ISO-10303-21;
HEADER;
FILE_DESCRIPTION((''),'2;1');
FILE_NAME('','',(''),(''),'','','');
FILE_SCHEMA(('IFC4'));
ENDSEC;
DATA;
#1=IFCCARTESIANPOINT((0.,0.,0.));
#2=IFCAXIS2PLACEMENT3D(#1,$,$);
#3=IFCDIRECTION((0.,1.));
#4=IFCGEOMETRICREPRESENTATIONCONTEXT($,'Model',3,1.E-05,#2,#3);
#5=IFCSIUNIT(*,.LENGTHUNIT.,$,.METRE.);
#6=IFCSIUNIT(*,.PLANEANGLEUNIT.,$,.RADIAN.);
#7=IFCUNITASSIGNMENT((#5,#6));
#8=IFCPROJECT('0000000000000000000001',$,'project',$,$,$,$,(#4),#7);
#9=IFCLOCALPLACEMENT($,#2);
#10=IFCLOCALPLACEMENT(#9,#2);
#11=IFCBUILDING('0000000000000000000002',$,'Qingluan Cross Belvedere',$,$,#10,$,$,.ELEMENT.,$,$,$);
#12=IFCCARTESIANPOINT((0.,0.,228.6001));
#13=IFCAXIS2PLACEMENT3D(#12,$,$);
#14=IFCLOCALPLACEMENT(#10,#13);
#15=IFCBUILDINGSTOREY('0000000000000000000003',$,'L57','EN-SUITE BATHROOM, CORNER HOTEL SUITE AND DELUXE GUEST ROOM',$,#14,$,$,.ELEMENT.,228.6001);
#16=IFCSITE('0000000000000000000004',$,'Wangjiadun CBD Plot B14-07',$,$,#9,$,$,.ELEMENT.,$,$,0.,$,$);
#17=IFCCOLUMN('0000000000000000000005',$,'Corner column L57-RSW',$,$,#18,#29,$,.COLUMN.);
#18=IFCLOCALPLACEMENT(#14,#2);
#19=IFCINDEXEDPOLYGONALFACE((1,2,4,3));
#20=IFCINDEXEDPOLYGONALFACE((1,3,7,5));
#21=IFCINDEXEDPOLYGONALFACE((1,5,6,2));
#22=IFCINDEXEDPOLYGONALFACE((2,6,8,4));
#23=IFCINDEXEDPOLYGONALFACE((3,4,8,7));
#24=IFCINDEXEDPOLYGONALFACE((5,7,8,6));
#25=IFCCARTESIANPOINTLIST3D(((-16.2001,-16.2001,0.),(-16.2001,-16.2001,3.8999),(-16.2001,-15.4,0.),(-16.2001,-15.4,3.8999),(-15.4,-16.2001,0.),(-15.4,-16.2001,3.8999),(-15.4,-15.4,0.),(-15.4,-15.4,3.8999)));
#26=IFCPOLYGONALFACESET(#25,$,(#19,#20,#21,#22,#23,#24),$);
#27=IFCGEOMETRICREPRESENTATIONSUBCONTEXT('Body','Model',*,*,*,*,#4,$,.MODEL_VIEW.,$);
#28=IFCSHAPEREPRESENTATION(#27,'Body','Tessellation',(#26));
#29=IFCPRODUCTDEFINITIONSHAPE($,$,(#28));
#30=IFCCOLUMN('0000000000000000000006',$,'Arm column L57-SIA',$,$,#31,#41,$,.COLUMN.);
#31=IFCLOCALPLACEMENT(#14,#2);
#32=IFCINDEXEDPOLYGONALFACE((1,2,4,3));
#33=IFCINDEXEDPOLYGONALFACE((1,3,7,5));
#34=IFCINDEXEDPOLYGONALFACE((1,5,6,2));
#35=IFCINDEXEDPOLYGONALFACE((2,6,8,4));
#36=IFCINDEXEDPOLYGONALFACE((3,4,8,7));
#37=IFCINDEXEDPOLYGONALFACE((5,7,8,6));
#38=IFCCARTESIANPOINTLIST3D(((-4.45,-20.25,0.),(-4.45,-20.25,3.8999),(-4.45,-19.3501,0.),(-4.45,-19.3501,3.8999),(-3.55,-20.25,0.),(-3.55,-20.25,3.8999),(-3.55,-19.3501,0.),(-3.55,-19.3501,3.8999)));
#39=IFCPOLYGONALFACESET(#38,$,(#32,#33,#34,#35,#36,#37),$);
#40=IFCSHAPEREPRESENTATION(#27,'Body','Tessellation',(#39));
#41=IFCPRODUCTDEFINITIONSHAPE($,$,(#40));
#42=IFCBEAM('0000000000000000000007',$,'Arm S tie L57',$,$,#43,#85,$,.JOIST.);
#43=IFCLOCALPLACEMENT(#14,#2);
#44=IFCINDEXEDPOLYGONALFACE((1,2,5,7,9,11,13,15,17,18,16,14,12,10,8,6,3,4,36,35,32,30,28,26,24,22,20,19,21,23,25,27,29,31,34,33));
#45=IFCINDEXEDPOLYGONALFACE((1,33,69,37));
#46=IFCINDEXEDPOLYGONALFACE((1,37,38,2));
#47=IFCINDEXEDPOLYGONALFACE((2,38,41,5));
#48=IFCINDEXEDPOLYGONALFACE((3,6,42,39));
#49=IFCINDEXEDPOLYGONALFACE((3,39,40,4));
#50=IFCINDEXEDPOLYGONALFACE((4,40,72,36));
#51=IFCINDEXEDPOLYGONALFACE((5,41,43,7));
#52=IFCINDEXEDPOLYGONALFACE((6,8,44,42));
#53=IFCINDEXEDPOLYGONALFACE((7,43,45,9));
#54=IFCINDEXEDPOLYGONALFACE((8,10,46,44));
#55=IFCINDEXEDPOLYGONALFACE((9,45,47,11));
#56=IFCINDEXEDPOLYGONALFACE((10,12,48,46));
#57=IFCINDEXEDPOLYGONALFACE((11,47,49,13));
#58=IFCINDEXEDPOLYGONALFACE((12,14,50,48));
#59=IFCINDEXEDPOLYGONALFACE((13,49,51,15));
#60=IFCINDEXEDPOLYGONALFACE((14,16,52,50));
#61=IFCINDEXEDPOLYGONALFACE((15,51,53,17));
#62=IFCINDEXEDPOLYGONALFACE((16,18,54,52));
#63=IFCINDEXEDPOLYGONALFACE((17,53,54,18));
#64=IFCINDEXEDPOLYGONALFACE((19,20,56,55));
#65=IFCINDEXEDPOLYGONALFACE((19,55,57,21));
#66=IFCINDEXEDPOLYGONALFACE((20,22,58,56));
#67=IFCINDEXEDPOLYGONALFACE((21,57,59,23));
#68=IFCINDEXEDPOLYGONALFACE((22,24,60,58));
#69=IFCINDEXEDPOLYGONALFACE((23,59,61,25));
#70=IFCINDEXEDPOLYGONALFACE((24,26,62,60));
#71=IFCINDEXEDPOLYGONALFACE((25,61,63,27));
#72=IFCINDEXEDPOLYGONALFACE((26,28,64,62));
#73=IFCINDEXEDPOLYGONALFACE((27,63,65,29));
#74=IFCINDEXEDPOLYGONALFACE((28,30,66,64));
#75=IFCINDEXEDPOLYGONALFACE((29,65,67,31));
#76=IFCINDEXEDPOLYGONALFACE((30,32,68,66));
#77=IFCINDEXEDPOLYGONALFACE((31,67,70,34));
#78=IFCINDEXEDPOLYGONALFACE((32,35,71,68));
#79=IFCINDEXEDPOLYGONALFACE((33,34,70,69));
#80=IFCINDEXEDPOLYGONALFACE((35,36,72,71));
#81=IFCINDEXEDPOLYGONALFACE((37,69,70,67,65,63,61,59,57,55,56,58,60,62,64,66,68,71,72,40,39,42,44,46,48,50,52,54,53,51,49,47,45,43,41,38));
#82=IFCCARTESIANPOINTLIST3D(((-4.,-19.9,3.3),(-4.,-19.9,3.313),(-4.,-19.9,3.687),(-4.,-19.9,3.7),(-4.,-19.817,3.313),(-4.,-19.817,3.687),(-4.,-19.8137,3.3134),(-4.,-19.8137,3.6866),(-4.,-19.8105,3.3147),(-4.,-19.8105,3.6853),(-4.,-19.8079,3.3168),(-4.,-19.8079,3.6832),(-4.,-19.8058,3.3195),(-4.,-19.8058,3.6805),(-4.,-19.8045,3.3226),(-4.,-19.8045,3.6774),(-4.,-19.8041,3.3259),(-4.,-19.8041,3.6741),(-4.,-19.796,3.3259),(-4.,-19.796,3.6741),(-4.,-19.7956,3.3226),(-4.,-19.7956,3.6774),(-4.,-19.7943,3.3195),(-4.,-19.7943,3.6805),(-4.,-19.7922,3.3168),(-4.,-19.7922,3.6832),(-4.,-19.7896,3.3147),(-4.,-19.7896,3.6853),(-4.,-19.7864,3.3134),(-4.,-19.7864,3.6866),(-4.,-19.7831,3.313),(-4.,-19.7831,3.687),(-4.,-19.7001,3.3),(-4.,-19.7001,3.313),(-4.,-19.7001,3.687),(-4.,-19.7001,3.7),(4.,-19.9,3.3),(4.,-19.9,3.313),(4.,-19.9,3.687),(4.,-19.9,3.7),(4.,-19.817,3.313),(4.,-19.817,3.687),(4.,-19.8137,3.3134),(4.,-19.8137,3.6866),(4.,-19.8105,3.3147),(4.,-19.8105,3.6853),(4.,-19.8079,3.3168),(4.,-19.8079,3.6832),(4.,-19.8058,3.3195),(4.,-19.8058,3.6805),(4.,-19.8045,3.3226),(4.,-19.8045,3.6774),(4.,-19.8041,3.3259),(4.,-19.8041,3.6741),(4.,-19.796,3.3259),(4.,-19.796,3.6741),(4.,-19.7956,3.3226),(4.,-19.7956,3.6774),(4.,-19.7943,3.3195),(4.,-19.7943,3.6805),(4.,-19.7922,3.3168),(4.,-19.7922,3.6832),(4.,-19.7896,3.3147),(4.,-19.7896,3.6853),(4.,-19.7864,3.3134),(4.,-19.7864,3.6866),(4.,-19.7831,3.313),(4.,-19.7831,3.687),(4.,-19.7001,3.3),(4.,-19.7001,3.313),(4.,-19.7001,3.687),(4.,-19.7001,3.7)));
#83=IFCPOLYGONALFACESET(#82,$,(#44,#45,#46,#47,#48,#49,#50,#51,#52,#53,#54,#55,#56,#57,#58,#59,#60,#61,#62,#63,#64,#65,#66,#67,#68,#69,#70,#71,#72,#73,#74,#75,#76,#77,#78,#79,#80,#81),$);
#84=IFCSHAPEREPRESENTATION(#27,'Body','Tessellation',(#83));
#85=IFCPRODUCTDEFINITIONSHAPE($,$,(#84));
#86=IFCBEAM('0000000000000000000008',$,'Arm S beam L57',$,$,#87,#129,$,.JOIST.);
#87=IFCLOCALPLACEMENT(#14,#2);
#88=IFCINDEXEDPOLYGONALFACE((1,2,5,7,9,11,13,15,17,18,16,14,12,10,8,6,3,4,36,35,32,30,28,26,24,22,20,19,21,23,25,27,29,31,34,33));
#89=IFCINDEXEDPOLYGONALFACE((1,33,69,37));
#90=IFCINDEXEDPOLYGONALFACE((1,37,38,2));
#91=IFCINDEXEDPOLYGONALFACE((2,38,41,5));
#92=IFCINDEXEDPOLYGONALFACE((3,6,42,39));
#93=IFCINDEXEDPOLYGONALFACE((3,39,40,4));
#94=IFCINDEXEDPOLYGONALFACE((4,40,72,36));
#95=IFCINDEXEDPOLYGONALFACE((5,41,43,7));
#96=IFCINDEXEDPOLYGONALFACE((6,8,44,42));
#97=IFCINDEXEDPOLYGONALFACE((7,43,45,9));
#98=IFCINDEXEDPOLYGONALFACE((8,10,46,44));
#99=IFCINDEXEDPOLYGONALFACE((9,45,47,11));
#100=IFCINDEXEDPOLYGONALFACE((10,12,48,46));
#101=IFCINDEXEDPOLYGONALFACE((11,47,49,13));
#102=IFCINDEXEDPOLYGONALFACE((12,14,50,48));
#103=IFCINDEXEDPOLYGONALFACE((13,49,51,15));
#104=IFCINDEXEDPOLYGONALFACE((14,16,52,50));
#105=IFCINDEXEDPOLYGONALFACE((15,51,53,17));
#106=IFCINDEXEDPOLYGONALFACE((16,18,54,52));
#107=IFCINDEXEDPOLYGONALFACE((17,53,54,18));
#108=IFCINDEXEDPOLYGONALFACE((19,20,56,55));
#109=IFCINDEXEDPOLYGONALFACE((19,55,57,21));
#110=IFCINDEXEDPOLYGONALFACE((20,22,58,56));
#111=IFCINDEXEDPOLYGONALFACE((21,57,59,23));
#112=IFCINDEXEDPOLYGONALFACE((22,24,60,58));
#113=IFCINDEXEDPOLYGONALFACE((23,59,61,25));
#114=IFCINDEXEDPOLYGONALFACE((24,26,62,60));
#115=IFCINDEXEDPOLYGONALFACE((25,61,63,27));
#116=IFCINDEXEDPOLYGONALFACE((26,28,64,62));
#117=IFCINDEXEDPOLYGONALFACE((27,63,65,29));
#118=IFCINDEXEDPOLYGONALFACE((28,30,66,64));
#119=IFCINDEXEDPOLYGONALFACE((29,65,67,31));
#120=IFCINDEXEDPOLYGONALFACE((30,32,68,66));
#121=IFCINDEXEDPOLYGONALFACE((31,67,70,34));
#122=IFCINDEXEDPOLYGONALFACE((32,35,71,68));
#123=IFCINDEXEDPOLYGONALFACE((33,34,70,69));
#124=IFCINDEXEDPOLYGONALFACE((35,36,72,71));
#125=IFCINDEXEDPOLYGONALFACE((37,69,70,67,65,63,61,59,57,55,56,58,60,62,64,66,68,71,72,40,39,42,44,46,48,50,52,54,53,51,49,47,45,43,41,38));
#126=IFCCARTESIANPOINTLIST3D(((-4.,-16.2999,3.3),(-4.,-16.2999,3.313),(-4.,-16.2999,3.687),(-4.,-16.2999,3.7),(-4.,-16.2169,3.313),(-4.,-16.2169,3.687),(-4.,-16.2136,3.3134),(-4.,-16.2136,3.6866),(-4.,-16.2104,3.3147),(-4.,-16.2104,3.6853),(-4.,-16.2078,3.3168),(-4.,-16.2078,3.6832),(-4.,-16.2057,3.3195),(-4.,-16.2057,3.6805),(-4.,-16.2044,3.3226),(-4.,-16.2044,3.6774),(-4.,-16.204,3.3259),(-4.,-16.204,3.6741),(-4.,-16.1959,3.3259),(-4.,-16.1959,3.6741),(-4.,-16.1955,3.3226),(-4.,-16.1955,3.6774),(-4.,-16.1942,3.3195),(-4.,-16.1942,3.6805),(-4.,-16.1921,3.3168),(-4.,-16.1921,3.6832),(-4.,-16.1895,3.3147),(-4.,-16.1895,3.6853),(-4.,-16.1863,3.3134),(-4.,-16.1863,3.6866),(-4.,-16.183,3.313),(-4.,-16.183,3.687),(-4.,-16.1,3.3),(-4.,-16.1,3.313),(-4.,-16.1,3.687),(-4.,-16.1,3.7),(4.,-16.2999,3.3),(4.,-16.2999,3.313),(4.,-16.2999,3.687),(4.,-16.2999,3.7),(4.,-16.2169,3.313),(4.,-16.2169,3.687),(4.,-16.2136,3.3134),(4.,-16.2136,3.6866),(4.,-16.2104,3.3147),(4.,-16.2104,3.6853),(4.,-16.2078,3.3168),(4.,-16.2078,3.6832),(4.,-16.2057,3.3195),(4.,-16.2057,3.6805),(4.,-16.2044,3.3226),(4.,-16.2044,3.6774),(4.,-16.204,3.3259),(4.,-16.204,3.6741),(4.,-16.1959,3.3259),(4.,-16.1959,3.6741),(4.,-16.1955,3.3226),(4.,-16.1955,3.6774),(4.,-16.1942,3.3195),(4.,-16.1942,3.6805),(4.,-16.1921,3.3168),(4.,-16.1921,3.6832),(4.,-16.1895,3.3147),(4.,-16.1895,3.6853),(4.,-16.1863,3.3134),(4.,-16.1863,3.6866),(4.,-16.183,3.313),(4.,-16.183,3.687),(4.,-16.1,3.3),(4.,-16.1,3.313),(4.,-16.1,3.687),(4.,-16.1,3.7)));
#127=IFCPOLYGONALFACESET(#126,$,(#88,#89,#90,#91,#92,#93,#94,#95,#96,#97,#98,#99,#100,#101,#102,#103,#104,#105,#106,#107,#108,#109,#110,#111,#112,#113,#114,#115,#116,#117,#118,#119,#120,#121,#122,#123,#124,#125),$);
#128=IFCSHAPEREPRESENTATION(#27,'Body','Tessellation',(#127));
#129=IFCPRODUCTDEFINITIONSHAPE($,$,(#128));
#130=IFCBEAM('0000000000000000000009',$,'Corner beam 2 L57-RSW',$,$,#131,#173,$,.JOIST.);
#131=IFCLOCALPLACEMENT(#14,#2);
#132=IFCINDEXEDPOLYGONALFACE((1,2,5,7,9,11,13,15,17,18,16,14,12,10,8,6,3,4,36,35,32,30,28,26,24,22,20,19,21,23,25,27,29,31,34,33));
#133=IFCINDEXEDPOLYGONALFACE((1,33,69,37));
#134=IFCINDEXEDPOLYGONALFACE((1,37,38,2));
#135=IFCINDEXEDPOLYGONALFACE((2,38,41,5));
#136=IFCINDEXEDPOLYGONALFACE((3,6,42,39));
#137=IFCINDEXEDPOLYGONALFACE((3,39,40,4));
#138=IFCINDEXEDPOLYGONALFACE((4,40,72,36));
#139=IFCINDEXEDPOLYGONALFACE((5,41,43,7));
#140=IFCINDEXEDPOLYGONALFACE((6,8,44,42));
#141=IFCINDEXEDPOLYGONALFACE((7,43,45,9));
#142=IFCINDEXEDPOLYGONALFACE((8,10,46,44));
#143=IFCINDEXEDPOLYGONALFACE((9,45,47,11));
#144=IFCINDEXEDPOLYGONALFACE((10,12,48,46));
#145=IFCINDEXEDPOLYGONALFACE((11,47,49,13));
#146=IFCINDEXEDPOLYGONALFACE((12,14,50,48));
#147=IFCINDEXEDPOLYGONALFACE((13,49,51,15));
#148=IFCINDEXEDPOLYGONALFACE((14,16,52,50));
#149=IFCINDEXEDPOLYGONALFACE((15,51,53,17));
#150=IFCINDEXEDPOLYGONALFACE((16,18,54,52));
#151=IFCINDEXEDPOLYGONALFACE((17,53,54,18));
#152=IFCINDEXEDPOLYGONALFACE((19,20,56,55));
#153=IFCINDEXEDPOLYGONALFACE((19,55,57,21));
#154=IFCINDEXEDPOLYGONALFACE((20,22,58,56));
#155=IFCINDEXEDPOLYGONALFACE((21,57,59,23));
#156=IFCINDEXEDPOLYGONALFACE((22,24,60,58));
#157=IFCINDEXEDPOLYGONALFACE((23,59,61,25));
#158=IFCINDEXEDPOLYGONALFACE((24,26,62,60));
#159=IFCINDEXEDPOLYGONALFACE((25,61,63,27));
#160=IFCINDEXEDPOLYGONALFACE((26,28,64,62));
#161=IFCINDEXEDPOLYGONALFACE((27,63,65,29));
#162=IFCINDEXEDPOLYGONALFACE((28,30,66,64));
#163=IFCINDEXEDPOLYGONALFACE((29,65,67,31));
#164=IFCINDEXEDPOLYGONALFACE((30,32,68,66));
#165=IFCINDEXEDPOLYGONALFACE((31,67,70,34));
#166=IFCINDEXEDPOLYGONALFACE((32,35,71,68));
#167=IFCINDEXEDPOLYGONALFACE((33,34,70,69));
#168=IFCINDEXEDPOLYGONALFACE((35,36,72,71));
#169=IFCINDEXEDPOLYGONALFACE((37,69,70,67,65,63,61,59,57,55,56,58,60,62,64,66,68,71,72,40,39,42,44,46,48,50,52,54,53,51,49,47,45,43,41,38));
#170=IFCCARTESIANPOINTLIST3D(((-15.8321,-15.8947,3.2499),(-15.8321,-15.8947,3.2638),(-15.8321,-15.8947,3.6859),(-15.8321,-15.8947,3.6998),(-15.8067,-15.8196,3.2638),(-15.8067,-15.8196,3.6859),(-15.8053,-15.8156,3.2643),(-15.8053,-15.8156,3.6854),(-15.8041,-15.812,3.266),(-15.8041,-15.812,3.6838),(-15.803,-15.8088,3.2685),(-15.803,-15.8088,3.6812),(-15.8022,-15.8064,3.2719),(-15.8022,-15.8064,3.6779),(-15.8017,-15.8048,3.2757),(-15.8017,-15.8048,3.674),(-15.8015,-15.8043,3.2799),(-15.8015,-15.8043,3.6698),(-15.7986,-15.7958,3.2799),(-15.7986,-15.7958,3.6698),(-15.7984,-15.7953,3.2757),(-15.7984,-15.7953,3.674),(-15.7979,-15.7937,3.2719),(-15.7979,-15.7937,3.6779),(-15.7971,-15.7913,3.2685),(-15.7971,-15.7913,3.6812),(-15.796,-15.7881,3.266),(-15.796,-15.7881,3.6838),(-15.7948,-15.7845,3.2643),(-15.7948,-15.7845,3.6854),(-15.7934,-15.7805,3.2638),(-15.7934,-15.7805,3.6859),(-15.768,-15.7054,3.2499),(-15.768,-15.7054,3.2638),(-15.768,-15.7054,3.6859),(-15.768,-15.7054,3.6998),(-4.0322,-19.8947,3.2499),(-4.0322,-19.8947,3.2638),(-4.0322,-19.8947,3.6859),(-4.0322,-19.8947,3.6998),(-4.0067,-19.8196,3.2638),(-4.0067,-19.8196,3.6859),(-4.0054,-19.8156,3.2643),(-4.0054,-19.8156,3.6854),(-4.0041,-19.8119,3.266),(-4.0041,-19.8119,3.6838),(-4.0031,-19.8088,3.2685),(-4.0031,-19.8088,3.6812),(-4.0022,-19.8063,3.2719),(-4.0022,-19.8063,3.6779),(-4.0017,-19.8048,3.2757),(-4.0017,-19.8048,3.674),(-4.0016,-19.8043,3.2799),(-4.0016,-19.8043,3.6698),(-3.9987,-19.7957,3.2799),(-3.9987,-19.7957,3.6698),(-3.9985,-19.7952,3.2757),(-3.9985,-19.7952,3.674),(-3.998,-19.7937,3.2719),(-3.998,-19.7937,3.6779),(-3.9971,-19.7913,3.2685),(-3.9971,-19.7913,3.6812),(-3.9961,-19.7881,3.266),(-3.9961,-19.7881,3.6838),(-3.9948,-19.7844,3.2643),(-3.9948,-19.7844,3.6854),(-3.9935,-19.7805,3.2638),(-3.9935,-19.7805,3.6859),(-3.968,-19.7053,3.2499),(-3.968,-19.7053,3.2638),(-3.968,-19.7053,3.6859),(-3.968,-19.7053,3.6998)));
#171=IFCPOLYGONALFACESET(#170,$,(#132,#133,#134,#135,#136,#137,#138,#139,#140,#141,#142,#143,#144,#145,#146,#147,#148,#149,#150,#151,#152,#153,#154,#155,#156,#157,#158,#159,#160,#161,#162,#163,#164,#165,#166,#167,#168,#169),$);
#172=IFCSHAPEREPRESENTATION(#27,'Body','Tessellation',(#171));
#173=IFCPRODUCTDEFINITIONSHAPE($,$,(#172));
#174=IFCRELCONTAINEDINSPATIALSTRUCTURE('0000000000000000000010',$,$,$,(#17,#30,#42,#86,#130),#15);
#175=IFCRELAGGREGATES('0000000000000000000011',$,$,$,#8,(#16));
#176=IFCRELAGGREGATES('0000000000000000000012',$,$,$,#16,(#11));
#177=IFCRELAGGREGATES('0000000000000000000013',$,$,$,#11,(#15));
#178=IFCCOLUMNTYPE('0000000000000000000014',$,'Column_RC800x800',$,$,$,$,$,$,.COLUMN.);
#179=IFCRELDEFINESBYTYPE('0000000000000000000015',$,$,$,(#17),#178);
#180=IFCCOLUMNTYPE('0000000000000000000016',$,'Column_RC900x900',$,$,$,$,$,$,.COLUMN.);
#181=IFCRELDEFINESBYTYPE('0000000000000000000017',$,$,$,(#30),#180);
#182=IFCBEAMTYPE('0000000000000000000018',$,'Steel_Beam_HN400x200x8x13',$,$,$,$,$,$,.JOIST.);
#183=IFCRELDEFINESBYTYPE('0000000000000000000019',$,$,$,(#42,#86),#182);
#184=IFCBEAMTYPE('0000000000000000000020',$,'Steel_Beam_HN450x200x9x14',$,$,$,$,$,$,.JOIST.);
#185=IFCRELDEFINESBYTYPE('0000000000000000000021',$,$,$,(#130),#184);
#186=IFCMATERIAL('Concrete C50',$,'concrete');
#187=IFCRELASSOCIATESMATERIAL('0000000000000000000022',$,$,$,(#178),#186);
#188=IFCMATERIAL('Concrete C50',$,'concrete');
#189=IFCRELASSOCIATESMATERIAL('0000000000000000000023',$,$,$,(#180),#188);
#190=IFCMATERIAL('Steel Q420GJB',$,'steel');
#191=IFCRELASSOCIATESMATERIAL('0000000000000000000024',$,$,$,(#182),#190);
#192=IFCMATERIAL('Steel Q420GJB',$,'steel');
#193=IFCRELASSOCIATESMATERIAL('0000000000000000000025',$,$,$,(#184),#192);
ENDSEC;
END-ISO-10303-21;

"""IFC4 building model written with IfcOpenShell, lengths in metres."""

from ifc_helpers import new_model, si_unit, direction, frame, origin, origin_2d, place, context, subcontext, project, spatial, rectangle, i_section, extrude, material, material_profile, profile_set, type_object, element, save


model = new_model("IFC4")

# Units and contexts
model_context = context("Model", 3, precision=1e-05, world=origin(), true_north=direction((0.0, 1.0)))
body_context = subcontext(model_context, "Body", "Model", "MODEL_VIEW")
ifc_project = project(units=[si_unit("LENGTHUNIT", "METRE"), si_unit("PLANEANGLEUNIT", "RADIAN")], contexts=[model_context])

# Site, building, storey
site_placement = place(None, origin())
site = spatial("IfcSite", under=ifc_project, at=site_placement, Name="Wangjiadun CBD Plot B14-07", CompositionType="ELEMENT", RefElevation=0.0)
building_placement = place(site_placement, origin())
building = spatial("IfcBuilding", under=site, at=building_placement, Name="Qingluan Cross Belvedere", CompositionType="ELEMENT")
storey_placement = place(building_placement, frame((0.0, 0.0, 228.6001)))
storey = spatial("IfcBuildingStorey", under=building, at=storey_placement, Name="L57", Description="EN-SUITE BATHROOM, CORNER HOTEL SUITE AND DELUXE GUEST ROOM", CompositionType="ELEMENT", Elevation=228.6001)

# Columns
ifc_material_1 = material(Name="Concrete C50", Category="concrete")
ifc_material_profile_1 = material_profile(ifc_material_1, rectangle(XDim=0.8, YDim=0.8, at=origin_2d()), Name="RC800x800")
ifc_profile_set_1 = profile_set([ifc_material_profile_1], Name="Concrete C50")
column_type_1 = type_object("IfcColumnType", Name="Column_RC800x800", PredefinedType="COLUMN", material=ifc_profile_set_1)
column_1_placement = place(storey_placement, frame((-15.8, -15.8, 0.0), z_axis=(0.0, 0.0, 1.0), x_axis=(1.0, 0.0, 0.0)))
element("IfcColumn", 1, at=column_1_placement, inside=storey, type_object=column_type_1, Name="Corner column L57-RSW", PredefinedType="COLUMN", context=body_context, shape_type="SweptSolid", body=[
    extrude(rectangle(XDim=0.8, YDim=0.8, at=origin_2d()), origin(), (0.0, 0.0, 1.0), 3.8999),
])
ifc_material_2 = material(Name="Concrete C50", Category="concrete")
ifc_material_profile_2 = material_profile(ifc_material_2, rectangle(XDim=0.8999, YDim=0.8999, at=origin_2d()), Name="RC900x900")
ifc_profile_set_2 = profile_set([ifc_material_profile_2], Name="Concrete C50")
column_type_2 = type_object("IfcColumnType", Name="Column_RC900x900", PredefinedType="COLUMN", material=ifc_profile_set_2)
column_2_placement = place(storey_placement, frame((-4.0, -19.8, 0.0), z_axis=(0.0, 0.0, 1.0), x_axis=(1.0, 0.0, 0.0)))
element("IfcColumn", 2, at=column_2_placement, inside=storey, type_object=column_type_2, Name="Arm column L57-SIA", PredefinedType="COLUMN", context=body_context, shape_type="SweptSolid", body=[
    extrude(rectangle(XDim=0.8999, YDim=0.8999, at=origin_2d()), origin(), (0.0, 0.0, 1.0), 3.8999),
])

# Beams
ifc_material_3 = material(Name="Steel Q420GJB", Category="steel")
ifc_material_profile_3 = material_profile(ifc_material_3, i_section(OverallWidth=0.2, OverallDepth=0.3999, WebThickness=0.0081, FlangeThickness=0.0129, FilletRadius=0.0129, at=origin_2d()), Name="HN400x200x8x13")
ifc_profile_set_3 = profile_set([ifc_material_profile_3], Name="Steel Q420GJB")
beam_type_1 = type_object("IfcBeamType", Name="Steel_Beam_HN400x200x8x13", PredefinedType="JOIST", material=ifc_profile_set_3)
for number, where, z_axis, x_axis, name in (
    (3, (-4.0, -19.8, 3.5), (1.0, 0.0, 0.0), (0.0, 1.0, 0.0), "Arm S tie L57"),
    (4, (-4.0, -16.2, 3.5), (1.0, 0.0, 0.0), (0.0, 1.0, 0.0), "Arm S beam L57"),
):
    element("IfcBeam", number, at=place(storey_placement, frame(where, z_axis=z_axis, x_axis=x_axis)), inside=storey, type_object=beam_type_1, Name=name, PredefinedType="JOIST", context=body_context, shape_type="SweptSolid", body=[
        extrude(i_section(OverallWidth=0.2, OverallDepth=0.3999, WebThickness=0.0081, FlangeThickness=0.0129, FilletRadius=0.0129, at=origin_2d()), origin(), (0.0, 0.0, 1.0), 8.0),
    ])
ifc_material_4 = material(Name="Steel Q420GJB", Category="steel")
ifc_material_profile_4 = material_profile(ifc_material_4, i_section(OverallWidth=0.2, OverallDepth=0.45, WebThickness=0.009, FlangeThickness=0.0139, FilletRadius=0.0161, at=origin_2d()), Name="HN450x200x9x14")
ifc_profile_set_4 = profile_set([ifc_material_profile_4], Name="Steel Q420GJB")
beam_type_2 = type_object("IfcBeamType", Name="Steel_Beam_HN450x200x9x14", PredefinedType="JOIST", material=ifc_profile_set_4)
for number, where, z_axis, x_axis, name in (
    (5, (-15.8, -15.8, 3.4749), (0.947066, -0.321038, 0.0), (0.321038, 0.947066, 0.0), "Corner beam 2 L57-RSW"),
):
    element("IfcBeam", number, at=place(storey_placement, frame(where, z_axis=z_axis, x_axis=x_axis)), inside=storey, type_object=beam_type_2, Name=name, PredefinedType="JOIST", context=body_context, shape_type="SweptSolid", body=[
        extrude(i_section(OverallWidth=0.2, OverallDepth=0.45, WebThickness=0.009, FlangeThickness=0.0139, FilletRadius=0.0161, at=origin_2d()), origin(), (0.0, 0.0, 1.0), 12.4595),
    ])

save(model, "model.ifc")
